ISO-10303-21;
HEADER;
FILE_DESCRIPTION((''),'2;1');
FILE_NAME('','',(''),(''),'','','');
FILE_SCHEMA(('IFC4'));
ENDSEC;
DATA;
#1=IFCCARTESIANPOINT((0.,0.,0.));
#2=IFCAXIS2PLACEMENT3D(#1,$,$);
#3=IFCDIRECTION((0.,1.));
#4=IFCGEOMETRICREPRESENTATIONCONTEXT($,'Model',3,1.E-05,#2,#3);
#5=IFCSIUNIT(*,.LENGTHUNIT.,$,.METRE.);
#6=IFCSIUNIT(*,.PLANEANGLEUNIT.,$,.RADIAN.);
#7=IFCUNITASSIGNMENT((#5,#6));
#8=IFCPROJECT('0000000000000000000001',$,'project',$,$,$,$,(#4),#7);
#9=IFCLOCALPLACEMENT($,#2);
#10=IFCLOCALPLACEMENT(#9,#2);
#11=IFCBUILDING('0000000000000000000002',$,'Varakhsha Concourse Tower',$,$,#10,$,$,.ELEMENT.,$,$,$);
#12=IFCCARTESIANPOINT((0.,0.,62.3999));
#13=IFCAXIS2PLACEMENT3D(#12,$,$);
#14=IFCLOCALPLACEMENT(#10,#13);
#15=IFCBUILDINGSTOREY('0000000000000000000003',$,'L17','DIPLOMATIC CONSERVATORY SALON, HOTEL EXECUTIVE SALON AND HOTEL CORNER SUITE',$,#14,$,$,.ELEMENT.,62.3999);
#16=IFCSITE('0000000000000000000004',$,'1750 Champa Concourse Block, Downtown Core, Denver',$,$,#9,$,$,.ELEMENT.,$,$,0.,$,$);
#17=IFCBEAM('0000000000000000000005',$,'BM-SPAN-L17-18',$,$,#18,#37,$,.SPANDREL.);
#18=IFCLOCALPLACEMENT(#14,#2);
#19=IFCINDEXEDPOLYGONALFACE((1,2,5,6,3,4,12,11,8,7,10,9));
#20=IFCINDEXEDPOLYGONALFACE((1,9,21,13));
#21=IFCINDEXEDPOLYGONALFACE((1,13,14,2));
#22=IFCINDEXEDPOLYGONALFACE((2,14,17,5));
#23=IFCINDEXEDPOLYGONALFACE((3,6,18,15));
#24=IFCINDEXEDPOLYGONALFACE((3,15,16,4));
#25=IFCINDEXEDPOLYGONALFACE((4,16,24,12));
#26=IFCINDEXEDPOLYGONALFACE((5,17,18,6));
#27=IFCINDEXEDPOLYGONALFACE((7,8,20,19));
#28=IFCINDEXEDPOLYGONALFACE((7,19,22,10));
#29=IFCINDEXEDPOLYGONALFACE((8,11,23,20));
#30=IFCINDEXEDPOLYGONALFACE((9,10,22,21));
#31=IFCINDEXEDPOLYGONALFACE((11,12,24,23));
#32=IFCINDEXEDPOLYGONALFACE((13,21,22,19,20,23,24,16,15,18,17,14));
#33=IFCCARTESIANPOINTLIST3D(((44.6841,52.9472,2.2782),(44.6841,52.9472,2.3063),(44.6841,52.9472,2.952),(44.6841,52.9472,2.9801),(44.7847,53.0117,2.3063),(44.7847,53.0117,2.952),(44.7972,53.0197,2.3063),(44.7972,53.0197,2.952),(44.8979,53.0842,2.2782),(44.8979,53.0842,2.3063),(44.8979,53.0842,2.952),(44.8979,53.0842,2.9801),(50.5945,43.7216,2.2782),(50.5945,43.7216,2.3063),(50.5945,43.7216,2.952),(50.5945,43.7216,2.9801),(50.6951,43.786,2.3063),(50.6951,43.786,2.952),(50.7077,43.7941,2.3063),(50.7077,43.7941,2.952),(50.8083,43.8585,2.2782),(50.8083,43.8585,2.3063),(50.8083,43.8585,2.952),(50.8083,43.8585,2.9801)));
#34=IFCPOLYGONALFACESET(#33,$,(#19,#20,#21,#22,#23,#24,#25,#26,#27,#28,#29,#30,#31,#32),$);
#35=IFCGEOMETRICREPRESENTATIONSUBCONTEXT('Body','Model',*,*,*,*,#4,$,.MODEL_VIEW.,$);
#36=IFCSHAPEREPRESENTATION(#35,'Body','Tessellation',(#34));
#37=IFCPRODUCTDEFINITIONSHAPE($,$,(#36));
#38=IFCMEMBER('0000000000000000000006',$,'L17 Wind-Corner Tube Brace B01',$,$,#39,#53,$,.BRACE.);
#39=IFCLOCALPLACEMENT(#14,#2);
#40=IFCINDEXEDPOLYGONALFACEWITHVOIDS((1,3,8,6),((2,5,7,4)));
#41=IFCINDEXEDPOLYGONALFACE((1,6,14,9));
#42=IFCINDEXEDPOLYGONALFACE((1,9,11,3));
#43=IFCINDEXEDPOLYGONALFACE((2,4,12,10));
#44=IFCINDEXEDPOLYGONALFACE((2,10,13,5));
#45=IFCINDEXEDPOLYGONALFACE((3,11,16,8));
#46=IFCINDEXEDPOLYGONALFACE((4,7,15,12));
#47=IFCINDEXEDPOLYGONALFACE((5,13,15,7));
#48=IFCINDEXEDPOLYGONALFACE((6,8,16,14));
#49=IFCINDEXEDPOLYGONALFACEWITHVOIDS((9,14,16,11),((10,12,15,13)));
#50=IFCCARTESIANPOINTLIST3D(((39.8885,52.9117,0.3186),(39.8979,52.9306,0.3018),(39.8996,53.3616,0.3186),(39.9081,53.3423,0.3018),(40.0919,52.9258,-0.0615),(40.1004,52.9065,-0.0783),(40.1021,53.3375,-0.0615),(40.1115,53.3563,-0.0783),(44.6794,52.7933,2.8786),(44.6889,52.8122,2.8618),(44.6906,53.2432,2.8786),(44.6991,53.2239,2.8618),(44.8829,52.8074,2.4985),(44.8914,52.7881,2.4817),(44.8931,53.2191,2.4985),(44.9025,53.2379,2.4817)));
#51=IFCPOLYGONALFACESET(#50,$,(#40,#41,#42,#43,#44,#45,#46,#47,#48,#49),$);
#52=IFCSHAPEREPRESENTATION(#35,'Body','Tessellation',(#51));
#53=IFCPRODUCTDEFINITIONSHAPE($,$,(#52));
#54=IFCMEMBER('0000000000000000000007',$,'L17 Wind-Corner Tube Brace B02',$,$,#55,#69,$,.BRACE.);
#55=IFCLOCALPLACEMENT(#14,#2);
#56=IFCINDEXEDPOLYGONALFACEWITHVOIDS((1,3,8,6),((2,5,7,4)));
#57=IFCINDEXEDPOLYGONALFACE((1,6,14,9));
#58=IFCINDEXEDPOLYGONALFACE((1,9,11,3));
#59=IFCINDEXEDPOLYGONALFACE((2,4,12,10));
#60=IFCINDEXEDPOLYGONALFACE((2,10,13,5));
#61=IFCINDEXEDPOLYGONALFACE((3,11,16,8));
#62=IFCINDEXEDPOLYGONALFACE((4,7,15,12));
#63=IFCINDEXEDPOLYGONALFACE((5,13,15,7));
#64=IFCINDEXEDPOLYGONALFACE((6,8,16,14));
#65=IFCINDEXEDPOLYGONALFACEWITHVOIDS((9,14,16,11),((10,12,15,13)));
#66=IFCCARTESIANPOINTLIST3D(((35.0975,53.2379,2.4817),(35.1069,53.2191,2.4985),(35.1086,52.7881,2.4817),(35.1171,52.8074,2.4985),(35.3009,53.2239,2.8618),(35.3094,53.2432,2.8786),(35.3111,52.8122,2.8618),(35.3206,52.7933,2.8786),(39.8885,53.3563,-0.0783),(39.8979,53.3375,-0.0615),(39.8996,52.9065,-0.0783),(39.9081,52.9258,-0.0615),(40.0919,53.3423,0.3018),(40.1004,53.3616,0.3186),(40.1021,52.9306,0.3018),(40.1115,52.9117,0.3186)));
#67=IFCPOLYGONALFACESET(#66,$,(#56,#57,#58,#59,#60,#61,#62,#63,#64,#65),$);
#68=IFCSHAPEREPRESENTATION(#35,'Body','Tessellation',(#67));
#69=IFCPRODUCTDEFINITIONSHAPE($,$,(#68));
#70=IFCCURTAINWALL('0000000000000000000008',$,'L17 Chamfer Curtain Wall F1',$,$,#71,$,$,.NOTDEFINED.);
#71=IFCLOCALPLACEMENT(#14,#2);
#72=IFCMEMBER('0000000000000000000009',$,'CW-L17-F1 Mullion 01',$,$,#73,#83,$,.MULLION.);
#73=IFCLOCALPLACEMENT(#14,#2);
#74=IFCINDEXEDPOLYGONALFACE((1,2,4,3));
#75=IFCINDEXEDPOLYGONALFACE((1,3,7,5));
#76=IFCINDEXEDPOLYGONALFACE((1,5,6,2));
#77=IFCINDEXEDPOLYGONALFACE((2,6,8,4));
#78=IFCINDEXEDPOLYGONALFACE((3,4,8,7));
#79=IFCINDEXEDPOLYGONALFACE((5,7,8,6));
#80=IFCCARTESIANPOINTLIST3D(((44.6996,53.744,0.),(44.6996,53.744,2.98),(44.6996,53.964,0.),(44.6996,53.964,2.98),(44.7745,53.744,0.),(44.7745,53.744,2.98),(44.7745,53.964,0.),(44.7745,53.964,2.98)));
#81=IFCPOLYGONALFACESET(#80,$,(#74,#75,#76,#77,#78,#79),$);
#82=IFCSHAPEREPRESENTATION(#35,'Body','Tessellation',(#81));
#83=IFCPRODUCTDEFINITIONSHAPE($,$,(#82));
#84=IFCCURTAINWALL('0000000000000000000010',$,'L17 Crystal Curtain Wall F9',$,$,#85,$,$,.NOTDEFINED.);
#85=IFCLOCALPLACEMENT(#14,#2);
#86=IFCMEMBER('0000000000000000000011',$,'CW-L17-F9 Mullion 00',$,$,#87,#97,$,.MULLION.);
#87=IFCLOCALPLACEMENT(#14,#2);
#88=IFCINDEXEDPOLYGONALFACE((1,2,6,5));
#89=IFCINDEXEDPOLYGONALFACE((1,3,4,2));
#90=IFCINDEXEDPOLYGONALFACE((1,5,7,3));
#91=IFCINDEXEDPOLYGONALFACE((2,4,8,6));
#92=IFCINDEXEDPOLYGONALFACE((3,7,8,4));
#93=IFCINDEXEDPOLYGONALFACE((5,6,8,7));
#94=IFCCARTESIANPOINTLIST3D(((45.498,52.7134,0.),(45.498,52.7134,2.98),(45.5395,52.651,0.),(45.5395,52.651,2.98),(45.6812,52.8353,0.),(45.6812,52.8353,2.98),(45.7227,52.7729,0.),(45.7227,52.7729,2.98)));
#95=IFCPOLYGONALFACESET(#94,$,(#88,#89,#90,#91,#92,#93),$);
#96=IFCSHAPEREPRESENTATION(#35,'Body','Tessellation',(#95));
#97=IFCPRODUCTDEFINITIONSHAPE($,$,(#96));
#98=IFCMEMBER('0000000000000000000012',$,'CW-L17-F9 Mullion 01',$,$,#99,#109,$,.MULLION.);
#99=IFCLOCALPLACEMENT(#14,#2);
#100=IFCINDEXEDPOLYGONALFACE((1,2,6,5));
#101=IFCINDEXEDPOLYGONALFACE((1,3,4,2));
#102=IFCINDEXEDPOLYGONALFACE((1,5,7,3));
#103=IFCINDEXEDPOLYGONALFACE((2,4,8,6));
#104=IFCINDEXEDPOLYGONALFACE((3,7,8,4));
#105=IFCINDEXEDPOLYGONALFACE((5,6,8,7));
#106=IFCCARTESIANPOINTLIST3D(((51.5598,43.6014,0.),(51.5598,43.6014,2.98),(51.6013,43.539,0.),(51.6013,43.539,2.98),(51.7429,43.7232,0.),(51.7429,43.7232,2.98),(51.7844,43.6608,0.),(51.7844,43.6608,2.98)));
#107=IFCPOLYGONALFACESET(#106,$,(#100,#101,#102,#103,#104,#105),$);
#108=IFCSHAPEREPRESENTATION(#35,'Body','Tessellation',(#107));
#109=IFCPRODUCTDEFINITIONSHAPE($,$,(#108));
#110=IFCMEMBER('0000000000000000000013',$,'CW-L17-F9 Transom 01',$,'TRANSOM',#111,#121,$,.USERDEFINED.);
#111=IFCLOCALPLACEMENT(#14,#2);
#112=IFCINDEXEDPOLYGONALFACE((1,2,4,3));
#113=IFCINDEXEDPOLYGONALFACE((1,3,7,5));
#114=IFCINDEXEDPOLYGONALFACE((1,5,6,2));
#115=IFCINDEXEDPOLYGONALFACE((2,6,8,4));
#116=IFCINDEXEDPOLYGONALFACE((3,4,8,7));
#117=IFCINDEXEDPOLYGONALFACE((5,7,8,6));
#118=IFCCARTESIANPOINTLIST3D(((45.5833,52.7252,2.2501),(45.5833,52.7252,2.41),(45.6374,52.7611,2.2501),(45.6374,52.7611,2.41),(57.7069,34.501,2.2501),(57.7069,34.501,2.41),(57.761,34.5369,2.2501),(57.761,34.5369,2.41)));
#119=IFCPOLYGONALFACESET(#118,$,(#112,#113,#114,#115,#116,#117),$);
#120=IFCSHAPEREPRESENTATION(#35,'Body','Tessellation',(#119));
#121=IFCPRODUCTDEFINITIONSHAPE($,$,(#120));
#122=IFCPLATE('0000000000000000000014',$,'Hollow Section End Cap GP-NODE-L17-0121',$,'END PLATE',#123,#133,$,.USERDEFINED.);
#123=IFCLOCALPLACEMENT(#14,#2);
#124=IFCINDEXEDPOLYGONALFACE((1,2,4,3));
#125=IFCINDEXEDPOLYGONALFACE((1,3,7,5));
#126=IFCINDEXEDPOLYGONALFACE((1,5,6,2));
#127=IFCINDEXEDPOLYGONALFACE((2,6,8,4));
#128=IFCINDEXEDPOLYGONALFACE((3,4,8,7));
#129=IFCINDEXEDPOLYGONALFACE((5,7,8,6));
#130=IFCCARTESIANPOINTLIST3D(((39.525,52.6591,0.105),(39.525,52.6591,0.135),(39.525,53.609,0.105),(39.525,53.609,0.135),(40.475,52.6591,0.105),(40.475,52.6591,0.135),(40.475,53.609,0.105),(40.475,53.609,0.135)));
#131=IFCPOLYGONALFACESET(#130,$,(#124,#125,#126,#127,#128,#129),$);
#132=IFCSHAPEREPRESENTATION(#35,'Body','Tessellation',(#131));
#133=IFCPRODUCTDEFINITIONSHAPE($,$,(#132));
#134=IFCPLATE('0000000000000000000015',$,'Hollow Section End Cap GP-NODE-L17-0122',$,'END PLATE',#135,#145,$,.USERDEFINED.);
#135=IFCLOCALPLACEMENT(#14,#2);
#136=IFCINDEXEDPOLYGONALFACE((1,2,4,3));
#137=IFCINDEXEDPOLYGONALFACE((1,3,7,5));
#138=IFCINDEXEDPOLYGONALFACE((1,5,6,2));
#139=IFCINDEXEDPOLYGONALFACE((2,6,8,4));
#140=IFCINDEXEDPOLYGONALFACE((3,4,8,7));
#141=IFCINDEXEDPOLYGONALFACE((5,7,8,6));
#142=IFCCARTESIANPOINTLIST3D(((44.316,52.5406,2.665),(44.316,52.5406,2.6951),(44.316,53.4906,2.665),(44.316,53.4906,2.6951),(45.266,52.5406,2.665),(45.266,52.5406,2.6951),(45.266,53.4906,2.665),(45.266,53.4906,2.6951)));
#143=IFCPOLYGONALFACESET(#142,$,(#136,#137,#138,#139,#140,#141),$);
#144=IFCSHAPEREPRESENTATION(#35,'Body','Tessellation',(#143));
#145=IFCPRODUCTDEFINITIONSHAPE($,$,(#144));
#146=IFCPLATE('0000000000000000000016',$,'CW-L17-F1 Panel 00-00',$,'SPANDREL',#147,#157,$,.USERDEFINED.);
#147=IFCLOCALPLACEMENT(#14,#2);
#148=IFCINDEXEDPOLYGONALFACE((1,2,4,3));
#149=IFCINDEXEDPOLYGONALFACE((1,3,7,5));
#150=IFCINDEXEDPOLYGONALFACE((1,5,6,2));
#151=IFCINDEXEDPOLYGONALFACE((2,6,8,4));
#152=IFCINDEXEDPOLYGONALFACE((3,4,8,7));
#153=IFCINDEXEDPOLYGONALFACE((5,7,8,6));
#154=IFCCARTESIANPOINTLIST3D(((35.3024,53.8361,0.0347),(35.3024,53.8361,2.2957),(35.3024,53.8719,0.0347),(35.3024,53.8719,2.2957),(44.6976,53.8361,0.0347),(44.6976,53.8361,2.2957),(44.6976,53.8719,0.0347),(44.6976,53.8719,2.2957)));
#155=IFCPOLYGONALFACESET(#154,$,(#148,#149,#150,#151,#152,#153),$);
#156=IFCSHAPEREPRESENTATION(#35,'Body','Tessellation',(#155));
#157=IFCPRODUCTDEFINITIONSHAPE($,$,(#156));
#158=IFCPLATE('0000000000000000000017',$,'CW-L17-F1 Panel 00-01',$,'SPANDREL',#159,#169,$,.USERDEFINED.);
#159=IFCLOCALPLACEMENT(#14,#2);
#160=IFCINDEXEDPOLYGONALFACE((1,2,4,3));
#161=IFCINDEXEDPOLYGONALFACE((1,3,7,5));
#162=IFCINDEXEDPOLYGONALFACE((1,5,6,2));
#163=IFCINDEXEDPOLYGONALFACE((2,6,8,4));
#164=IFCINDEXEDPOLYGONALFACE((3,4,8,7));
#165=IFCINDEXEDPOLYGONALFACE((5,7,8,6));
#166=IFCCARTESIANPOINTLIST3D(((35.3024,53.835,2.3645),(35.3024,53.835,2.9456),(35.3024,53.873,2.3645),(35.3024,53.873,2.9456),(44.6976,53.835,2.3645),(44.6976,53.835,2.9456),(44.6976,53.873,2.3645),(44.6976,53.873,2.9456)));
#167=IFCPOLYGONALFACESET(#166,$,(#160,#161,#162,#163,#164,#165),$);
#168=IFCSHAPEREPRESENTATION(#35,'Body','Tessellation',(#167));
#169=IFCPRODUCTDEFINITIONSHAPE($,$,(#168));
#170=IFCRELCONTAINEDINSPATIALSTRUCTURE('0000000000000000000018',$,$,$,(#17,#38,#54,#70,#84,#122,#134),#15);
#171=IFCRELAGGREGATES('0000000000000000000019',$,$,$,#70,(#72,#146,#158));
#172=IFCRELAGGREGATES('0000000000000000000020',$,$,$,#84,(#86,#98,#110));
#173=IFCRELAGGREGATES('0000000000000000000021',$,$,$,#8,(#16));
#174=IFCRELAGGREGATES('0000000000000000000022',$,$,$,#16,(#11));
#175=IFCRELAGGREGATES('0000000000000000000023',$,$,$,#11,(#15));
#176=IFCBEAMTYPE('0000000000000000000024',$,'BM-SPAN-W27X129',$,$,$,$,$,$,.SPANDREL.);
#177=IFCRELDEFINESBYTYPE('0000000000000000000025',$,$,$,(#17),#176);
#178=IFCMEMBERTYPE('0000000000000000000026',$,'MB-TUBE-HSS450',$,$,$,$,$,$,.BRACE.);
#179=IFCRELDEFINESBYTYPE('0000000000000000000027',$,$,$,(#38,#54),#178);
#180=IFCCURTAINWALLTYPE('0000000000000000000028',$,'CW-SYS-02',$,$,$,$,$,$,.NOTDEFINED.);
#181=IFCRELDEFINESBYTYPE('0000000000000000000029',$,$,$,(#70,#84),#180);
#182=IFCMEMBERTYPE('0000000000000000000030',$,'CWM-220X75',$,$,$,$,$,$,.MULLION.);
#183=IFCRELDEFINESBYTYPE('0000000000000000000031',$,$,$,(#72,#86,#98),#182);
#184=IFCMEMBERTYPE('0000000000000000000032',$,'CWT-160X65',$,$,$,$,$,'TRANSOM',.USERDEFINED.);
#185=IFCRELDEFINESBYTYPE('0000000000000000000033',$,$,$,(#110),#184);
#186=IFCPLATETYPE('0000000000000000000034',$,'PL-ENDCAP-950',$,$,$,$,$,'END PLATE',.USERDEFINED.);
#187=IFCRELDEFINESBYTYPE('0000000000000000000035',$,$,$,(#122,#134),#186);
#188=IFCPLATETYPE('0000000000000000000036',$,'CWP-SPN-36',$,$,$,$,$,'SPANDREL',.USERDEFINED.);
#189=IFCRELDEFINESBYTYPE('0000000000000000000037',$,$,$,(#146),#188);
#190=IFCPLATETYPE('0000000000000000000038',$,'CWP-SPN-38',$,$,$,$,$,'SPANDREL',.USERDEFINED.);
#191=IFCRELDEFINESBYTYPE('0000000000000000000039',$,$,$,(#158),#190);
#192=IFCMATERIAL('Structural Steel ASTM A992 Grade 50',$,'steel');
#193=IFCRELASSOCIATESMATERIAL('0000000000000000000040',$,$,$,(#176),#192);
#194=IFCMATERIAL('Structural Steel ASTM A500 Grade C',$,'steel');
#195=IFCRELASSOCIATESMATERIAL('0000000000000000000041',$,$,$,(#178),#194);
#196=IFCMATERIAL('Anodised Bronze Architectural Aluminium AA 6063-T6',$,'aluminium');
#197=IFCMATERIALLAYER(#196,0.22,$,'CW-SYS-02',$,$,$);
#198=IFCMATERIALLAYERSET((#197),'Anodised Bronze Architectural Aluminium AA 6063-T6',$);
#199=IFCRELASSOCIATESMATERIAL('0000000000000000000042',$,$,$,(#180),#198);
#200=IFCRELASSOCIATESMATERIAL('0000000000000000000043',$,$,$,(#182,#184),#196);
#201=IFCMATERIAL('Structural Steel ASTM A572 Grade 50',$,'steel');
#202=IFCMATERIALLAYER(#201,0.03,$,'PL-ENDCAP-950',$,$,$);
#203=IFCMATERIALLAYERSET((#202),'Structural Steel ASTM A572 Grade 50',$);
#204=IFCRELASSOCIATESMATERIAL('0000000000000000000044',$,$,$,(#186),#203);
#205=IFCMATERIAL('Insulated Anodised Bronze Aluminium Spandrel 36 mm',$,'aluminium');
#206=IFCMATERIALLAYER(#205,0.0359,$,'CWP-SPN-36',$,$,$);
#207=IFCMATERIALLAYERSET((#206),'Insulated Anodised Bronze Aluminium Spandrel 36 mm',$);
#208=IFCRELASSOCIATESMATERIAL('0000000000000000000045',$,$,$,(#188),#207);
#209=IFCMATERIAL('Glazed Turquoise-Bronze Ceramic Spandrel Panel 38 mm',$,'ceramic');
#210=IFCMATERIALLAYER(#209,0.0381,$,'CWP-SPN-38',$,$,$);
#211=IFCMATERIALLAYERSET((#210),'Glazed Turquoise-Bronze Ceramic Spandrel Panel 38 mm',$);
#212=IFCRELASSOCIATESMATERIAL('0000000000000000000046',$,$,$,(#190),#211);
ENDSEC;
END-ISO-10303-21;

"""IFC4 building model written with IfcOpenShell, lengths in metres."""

from ifc_helpers import new_model, si_unit, direction, frame, origin, origin_2d, place, context, subcontext, project, spatial, rectangle, hollow_rectangle, i_section, extrude, source, transform, mapped, material, layer, layer_set, material_profile, profile_set, type_object, type_shapes, element, aggregate, save


model = new_model("IFC4")

# Units and contexts
model_context = context("Model", 3, precision=1e-05, world=origin(), true_north=direction((0.0, 1.0)))
body_context = subcontext(model_context, "Body", "Model", "MODEL_VIEW")
ifc_project = project(units=[si_unit("LENGTHUNIT", "METRE"), si_unit("PLANEANGLEUNIT", "RADIAN")], contexts=[model_context])

# Site, building, storey
site_placement = place(None, origin())
site = spatial("IfcSite", under=ifc_project, at=site_placement, Name="1750 Champa Concourse Block, Downtown Core, Denver", CompositionType="ELEMENT", RefElevation=0.0)
building_placement = place(site_placement, origin())
building = spatial("IfcBuilding", under=site, at=building_placement, Name="Varakhsha Concourse Tower", CompositionType="ELEMENT")
storey_placement = place(building_placement, frame((0.0, 0.0, 62.3999)))
storey = spatial("IfcBuildingStorey", under=building, at=storey_placement, Name="L17", Description="DIPLOMATIC CONSERVATORY SALON, HOTEL EXECUTIVE SALON AND HOTEL CORNER SUITE", CompositionType="ELEMENT", Elevation=62.3999)

# Shared definitions
ifc_material_1 = material(Name="Structural Steel ASTM A992 Grade 50", Category="steel")
ifc_material_2 = material(Name="Structural Steel ASTM A572 Grade 50", Category="steel")

# Beam
ifc_material_profile_1 = material_profile(ifc_material_1, i_section(OverallWidth=0.2539, OverallDepth=0.7019, WebThickness=0.0149, FlangeThickness=0.0281, at=origin_2d()), Name="W27X129")
ifc_profile_set_1 = profile_set([ifc_material_profile_1], Name="Structural Steel ASTM A992 Grade 50")
beam_type_1 = type_object("IfcBeamType", Name="BM-SPAN-W27X129", PredefinedType="SPANDREL", material=ifc_profile_set_1)
beam_1_placement = place(storey_placement, frame((50.7014, 43.79, 2.6292), z_axis=(-0.539444, 0.842022, 0.0), x_axis=(-0.842022, -0.539444, 0.0)))
element("IfcBeam", 1, at=beam_1_placement, inside=storey, type_object=beam_type_1, Name="BM-SPAN-L17-18", PredefinedType="SPANDREL", context=body_context, shape_type="SweptSolid", body=[
    extrude(i_section(OverallWidth=0.2539, OverallDepth=0.7019, WebThickness=0.0149, FlangeThickness=0.0281, at=origin_2d()), origin(), (0.0, 0.0, 1.0), 10.9565),
])

# Members
ifc_material_3 = material(Name="Structural Steel ASTM A500 Grade C", Category="steel")
ifc_material_profile_2 = material_profile(ifc_material_3, hollow_rectangle(XDim=0.45, YDim=0.45, WallThickness=0.019, at=origin_2d()), Name="HSS 450x450x19")
ifc_profile_set_2 = profile_set([ifc_material_profile_2], Name="Structural Steel ASTM A500 Grade C")
member_type_1 = type_object("IfcMemberType", Name="MB-TUBE-HSS450", PredefinedType="BRACE", material=ifc_profile_set_2)
shared_shape_1 = source(origin(), body_context, "Body", "SweptSolid", [
    extrude(hollow_rectangle(XDim=0.45, YDim=0.45, WallThickness=0.019, at=origin_2d()), origin(), (0.0, 0.0, 1.0), 5.4333),
])
type_shapes(member_type_1, [shared_shape_1])
for number, where, z_axis, x_axis, name in (
    (2, (40.0, 53.134, 0.1201), (0.881772, -0.021793, 0.471171), (0.024707, 0.999695, 0.0), "L17 Wind-Corner Tube Brace B01"),
    (3, (40.0, 53.134, 0.1201), (-0.881772, -0.021793, 0.471171), (0.024707, -0.999695, 0.0), "L17 Wind-Corner Tube Brace B02"),
):
    element("IfcMember", number, at=place(storey_placement, frame(where, z_axis=z_axis, x_axis=x_axis)), inside=storey, type_object=member_type_1, Name=name, PredefinedType="BRACE", context=body_context, shape_type="MappedRepresentation", body=[
        mapped(shared_shape_1, transform((0.0, 0.0, 0.0), scale=1.0)),
    ])

# Curtain wall, member
ifc_material_4 = material(Name="Anodised Bronze Architectural Aluminium AA 6063-T6", Category="aluminium")
ifc_layer_1 = layer(ifc_material_4, 0.22, Name="CW-SYS-02")
ifc_layer_set_1 = layer_set([ifc_layer_1], Name="Anodised Bronze Architectural Aluminium AA 6063-T6")
curtain_wall_type = type_object("IfcCurtainWallType", Name="CW-SYS-02", PredefinedType="NOTDEFINED", material=ifc_layer_set_1)
curtain_wall_1_placement = place(storey_placement, origin())
curtain_wall_1 = element("IfcCurtainWall", 4, at=curtain_wall_1_placement, inside=storey, type_object=curtain_wall_type, Name="L17 Chamfer Curtain Wall F1", PredefinedType="NOTDEFINED")
ifc_material_profile_3 = material_profile(ifc_material_4, rectangle(XDim=0.075, YDim=0.22, at=origin_2d()), Name="CWM-220X75")
ifc_profile_set_3 = profile_set([ifc_material_profile_3], Name="Anodised Bronze Architectural Aluminium AA 6063-T6")
member_type_2 = type_object("IfcMemberType", Name="CWM-220X75", PredefinedType="MULLION", material=ifc_profile_set_3)
shared_shape_2 = source(origin(), body_context, "Body", "SweptSolid", [
    extrude(rectangle(XDim=0.075, YDim=0.22, at=origin_2d()), origin(), (0.0, 0.0, 1.0), 2.98),
])
type_shapes(member_type_2, [shared_shape_2])
member_1_placement = place(storey_placement, frame((44.7371, 53.854, 0.0), z_axis=(0.0, 0.0, 1.0), x_axis=(1.0, 0.0, 0.0)))
member_1 = element("IfcMember", 5, at=member_1_placement, type_object=member_type_2, Name="CW-L17-F1 Mullion 01", PredefinedType="MULLION", context=body_context, shape_type="MappedRepresentation", body=[
    mapped(shared_shape_2, transform((0.0, 0.0, 0.0), scale=1.0)),
])

# Curtain wall, members
curtain_wall_2_placement = place(storey_placement, origin())
curtain_wall_2 = element("IfcCurtainWall", 6, at=curtain_wall_2_placement, inside=storey, type_object=curtain_wall_type, Name="L17 Crystal Curtain Wall F9", PredefinedType="NOTDEFINED")
member_2_placement = place(storey_placement, frame((45.6104, 52.7432, 0.0), z_axis=(0.0, 0.0, 1.0), x_axis=(0.55388, -0.832597, 0.0)))
member_2 = element("IfcMember", 7, at=member_2_placement, type_object=member_type_2, Name="CW-L17-F9 Mullion 00", PredefinedType="MULLION", context=body_context, shape_type="MappedRepresentation", body=[
    mapped(shared_shape_2, transform((0.0, 0.0, 0.0), scale=1.0)),
])
member_3_placement = place(storey_placement, frame((51.6721, 43.6311, 0.0), z_axis=(0.0, 0.0, 1.0), x_axis=(0.55388, -0.832597, 0.0)))
member_3 = element("IfcMember", 8, at=member_3_placement, type_object=member_type_2, Name="CW-L17-F9 Mullion 01", PredefinedType="MULLION", context=body_context, shape_type="MappedRepresentation", body=[
    mapped(shared_shape_2, transform((0.0, 0.0, 0.0), scale=1.0)),
])
ifc_material_profile_4 = material_profile(ifc_material_4, rectangle(XDim=0.0649, YDim=0.1599, at=origin_2d()), Name="CWT-160X65")
ifc_profile_set_4 = profile_set([ifc_material_profile_4], Name="Anodised Bronze Architectural Aluminium AA 6063-T6")
member_type_3 = type_object("IfcMemberType", Name="CWT-160X65", ElementType="TRANSOM", PredefinedType="USERDEFINED", material=ifc_profile_set_4)
shared_shape_3 = source(origin(), body_context, "Body", "SweptSolid", [
    extrude(rectangle(XDim=0.0649, YDim=0.1599, at=origin_2d()), origin(), (0.0, 0.0, 1.0), 21.8884),
])
type_shapes(member_type_3, [shared_shape_3])
member_4_placement = place(storey_placement, frame((45.6104, 52.7432, 2.3301), z_axis=(0.553881, -0.832596, 0.0), x_axis=(0.832596, 0.553881, 0.0)))
member_4 = element("IfcMember", 9, at=member_4_placement, type_object=member_type_3, Name="CW-L17-F9 Transom 01", ObjectType="TRANSOM", PredefinedType="USERDEFINED", context=body_context, shape_type="MappedRepresentation", body=[
    mapped(shared_shape_3, transform((0.0, 0.0, 0.0), scale=1.0)),
])

# Plates
ifc_layer_2 = layer(ifc_material_2, 0.03, Name="PL-ENDCAP-950")
ifc_layer_set_2 = layer_set([ifc_layer_2], Name="Structural Steel ASTM A572 Grade 50")
plate_type_1 = type_object("IfcPlateType", Name="PL-ENDCAP-950", ElementType="END PLATE", PredefinedType="USERDEFINED", material=ifc_layer_set_2)
shared_shape_4 = source(origin(), body_context, "Body", "SweptSolid", [
    extrude(rectangle(XDim=0.95, YDim=0.95, at=origin_2d()), origin(), (0.0, 0.0, 1.0), 0.03),
])
type_shapes(plate_type_1, [shared_shape_4])
for number, where, z_axis, x_axis, name in (
    (10, (40.0, 53.134, 0.105), (0.0, 0.0, 1.0), (1.0, 0.0, 0.0), "Hollow Section End Cap GP-NODE-L17-0121"),
    (11, (44.791, 53.0156, 2.665), (0.0, 0.0, 1.0), (1.0, 0.0, 0.0), "Hollow Section End Cap GP-NODE-L17-0122"),
):
    element("IfcPlate", number, at=place(storey_placement, frame(where, z_axis=z_axis, x_axis=x_axis)), inside=storey, type_object=plate_type_1, Name=name, ObjectType="END PLATE", PredefinedType="USERDEFINED", context=body_context, shape_type="MappedRepresentation", body=[
        mapped(shared_shape_4, transform((0.0, 0.0, 0.0), scale=1.0)),
    ])

# Plates
ifc_material_5 = material(Name="Insulated Anodised Bronze Aluminium Spandrel 36 mm", Category="aluminium")
ifc_layer_3 = layer(ifc_material_5, 0.0359, Name="CWP-SPN-36")
ifc_layer_set_3 = layer_set([ifc_layer_3], Name="Insulated Anodised Bronze Aluminium Spandrel 36 mm")
plate_type_2 = type_object("IfcPlateType", Name="CWP-SPN-36", ElementType="SPANDREL", PredefinedType="USERDEFINED", material=ifc_layer_set_3)
shared_shape_5 = source(origin(), body_context, "Body", "SweptSolid", [
    extrude(rectangle(XDim=9.3953, YDim=0.0359, at=origin_2d()), origin(), (0.0, 0.0, 1.0), 2.261),
])
type_shapes(plate_type_2, [shared_shape_5])
plate_1_placement = place(storey_placement, frame((40.0, 53.854, 0.0347), z_axis=(0.0, 0.0, 1.0), x_axis=(1.0, 0.0, 0.0)))
plate_1 = element("IfcPlate", 12, at=plate_1_placement, type_object=plate_type_2, Name="CW-L17-F1 Panel 00-00", ObjectType="SPANDREL", PredefinedType="USERDEFINED", context=body_context, shape_type="MappedRepresentation", body=[
    mapped(shared_shape_5, transform((0.0, 0.0, 0.0), scale=1.0)),
])
ifc_material_6 = material(Name="Glazed Turquoise-Bronze Ceramic Spandrel Panel 38 mm", Category="ceramic")
ifc_layer_4 = layer(ifc_material_6, 0.0381, Name="CWP-SPN-38")
ifc_layer_set_4 = layer_set([ifc_layer_4], Name="Glazed Turquoise-Bronze Ceramic Spandrel Panel 38 mm")
plate_type_3 = type_object("IfcPlateType", Name="CWP-SPN-38", ElementType="SPANDREL", PredefinedType="USERDEFINED", material=ifc_layer_set_4)
shared_shape_6 = source(origin(), body_context, "Body", "SweptSolid", [
    extrude(rectangle(XDim=9.3953, YDim=0.0381, at=origin_2d()), origin(), (0.0, 0.0, 1.0), 0.5811),
])
plate_2_placement = place(storey_placement, frame((40.0, 53.854, 2.3645), z_axis=(0.0, 0.0, 1.0), x_axis=(1.0, 0.0, 0.0)))
plate_2 = element("IfcPlate", 13, at=plate_2_placement, type_object=plate_type_3, Name="CW-L17-F1 Panel 00-01", ObjectType="SPANDREL", PredefinedType="USERDEFINED", context=body_context, shape_type="MappedRepresentation", body=[
    mapped(shared_shape_6, transform((0.0, 0.0, 0.0), scale=1.0)),
])
aggregate(curtain_wall_1, [member_1, plate_1, plate_2])
aggregate(curtain_wall_2, [member_2, member_3, member_4])

save(model, "model.ifc")
